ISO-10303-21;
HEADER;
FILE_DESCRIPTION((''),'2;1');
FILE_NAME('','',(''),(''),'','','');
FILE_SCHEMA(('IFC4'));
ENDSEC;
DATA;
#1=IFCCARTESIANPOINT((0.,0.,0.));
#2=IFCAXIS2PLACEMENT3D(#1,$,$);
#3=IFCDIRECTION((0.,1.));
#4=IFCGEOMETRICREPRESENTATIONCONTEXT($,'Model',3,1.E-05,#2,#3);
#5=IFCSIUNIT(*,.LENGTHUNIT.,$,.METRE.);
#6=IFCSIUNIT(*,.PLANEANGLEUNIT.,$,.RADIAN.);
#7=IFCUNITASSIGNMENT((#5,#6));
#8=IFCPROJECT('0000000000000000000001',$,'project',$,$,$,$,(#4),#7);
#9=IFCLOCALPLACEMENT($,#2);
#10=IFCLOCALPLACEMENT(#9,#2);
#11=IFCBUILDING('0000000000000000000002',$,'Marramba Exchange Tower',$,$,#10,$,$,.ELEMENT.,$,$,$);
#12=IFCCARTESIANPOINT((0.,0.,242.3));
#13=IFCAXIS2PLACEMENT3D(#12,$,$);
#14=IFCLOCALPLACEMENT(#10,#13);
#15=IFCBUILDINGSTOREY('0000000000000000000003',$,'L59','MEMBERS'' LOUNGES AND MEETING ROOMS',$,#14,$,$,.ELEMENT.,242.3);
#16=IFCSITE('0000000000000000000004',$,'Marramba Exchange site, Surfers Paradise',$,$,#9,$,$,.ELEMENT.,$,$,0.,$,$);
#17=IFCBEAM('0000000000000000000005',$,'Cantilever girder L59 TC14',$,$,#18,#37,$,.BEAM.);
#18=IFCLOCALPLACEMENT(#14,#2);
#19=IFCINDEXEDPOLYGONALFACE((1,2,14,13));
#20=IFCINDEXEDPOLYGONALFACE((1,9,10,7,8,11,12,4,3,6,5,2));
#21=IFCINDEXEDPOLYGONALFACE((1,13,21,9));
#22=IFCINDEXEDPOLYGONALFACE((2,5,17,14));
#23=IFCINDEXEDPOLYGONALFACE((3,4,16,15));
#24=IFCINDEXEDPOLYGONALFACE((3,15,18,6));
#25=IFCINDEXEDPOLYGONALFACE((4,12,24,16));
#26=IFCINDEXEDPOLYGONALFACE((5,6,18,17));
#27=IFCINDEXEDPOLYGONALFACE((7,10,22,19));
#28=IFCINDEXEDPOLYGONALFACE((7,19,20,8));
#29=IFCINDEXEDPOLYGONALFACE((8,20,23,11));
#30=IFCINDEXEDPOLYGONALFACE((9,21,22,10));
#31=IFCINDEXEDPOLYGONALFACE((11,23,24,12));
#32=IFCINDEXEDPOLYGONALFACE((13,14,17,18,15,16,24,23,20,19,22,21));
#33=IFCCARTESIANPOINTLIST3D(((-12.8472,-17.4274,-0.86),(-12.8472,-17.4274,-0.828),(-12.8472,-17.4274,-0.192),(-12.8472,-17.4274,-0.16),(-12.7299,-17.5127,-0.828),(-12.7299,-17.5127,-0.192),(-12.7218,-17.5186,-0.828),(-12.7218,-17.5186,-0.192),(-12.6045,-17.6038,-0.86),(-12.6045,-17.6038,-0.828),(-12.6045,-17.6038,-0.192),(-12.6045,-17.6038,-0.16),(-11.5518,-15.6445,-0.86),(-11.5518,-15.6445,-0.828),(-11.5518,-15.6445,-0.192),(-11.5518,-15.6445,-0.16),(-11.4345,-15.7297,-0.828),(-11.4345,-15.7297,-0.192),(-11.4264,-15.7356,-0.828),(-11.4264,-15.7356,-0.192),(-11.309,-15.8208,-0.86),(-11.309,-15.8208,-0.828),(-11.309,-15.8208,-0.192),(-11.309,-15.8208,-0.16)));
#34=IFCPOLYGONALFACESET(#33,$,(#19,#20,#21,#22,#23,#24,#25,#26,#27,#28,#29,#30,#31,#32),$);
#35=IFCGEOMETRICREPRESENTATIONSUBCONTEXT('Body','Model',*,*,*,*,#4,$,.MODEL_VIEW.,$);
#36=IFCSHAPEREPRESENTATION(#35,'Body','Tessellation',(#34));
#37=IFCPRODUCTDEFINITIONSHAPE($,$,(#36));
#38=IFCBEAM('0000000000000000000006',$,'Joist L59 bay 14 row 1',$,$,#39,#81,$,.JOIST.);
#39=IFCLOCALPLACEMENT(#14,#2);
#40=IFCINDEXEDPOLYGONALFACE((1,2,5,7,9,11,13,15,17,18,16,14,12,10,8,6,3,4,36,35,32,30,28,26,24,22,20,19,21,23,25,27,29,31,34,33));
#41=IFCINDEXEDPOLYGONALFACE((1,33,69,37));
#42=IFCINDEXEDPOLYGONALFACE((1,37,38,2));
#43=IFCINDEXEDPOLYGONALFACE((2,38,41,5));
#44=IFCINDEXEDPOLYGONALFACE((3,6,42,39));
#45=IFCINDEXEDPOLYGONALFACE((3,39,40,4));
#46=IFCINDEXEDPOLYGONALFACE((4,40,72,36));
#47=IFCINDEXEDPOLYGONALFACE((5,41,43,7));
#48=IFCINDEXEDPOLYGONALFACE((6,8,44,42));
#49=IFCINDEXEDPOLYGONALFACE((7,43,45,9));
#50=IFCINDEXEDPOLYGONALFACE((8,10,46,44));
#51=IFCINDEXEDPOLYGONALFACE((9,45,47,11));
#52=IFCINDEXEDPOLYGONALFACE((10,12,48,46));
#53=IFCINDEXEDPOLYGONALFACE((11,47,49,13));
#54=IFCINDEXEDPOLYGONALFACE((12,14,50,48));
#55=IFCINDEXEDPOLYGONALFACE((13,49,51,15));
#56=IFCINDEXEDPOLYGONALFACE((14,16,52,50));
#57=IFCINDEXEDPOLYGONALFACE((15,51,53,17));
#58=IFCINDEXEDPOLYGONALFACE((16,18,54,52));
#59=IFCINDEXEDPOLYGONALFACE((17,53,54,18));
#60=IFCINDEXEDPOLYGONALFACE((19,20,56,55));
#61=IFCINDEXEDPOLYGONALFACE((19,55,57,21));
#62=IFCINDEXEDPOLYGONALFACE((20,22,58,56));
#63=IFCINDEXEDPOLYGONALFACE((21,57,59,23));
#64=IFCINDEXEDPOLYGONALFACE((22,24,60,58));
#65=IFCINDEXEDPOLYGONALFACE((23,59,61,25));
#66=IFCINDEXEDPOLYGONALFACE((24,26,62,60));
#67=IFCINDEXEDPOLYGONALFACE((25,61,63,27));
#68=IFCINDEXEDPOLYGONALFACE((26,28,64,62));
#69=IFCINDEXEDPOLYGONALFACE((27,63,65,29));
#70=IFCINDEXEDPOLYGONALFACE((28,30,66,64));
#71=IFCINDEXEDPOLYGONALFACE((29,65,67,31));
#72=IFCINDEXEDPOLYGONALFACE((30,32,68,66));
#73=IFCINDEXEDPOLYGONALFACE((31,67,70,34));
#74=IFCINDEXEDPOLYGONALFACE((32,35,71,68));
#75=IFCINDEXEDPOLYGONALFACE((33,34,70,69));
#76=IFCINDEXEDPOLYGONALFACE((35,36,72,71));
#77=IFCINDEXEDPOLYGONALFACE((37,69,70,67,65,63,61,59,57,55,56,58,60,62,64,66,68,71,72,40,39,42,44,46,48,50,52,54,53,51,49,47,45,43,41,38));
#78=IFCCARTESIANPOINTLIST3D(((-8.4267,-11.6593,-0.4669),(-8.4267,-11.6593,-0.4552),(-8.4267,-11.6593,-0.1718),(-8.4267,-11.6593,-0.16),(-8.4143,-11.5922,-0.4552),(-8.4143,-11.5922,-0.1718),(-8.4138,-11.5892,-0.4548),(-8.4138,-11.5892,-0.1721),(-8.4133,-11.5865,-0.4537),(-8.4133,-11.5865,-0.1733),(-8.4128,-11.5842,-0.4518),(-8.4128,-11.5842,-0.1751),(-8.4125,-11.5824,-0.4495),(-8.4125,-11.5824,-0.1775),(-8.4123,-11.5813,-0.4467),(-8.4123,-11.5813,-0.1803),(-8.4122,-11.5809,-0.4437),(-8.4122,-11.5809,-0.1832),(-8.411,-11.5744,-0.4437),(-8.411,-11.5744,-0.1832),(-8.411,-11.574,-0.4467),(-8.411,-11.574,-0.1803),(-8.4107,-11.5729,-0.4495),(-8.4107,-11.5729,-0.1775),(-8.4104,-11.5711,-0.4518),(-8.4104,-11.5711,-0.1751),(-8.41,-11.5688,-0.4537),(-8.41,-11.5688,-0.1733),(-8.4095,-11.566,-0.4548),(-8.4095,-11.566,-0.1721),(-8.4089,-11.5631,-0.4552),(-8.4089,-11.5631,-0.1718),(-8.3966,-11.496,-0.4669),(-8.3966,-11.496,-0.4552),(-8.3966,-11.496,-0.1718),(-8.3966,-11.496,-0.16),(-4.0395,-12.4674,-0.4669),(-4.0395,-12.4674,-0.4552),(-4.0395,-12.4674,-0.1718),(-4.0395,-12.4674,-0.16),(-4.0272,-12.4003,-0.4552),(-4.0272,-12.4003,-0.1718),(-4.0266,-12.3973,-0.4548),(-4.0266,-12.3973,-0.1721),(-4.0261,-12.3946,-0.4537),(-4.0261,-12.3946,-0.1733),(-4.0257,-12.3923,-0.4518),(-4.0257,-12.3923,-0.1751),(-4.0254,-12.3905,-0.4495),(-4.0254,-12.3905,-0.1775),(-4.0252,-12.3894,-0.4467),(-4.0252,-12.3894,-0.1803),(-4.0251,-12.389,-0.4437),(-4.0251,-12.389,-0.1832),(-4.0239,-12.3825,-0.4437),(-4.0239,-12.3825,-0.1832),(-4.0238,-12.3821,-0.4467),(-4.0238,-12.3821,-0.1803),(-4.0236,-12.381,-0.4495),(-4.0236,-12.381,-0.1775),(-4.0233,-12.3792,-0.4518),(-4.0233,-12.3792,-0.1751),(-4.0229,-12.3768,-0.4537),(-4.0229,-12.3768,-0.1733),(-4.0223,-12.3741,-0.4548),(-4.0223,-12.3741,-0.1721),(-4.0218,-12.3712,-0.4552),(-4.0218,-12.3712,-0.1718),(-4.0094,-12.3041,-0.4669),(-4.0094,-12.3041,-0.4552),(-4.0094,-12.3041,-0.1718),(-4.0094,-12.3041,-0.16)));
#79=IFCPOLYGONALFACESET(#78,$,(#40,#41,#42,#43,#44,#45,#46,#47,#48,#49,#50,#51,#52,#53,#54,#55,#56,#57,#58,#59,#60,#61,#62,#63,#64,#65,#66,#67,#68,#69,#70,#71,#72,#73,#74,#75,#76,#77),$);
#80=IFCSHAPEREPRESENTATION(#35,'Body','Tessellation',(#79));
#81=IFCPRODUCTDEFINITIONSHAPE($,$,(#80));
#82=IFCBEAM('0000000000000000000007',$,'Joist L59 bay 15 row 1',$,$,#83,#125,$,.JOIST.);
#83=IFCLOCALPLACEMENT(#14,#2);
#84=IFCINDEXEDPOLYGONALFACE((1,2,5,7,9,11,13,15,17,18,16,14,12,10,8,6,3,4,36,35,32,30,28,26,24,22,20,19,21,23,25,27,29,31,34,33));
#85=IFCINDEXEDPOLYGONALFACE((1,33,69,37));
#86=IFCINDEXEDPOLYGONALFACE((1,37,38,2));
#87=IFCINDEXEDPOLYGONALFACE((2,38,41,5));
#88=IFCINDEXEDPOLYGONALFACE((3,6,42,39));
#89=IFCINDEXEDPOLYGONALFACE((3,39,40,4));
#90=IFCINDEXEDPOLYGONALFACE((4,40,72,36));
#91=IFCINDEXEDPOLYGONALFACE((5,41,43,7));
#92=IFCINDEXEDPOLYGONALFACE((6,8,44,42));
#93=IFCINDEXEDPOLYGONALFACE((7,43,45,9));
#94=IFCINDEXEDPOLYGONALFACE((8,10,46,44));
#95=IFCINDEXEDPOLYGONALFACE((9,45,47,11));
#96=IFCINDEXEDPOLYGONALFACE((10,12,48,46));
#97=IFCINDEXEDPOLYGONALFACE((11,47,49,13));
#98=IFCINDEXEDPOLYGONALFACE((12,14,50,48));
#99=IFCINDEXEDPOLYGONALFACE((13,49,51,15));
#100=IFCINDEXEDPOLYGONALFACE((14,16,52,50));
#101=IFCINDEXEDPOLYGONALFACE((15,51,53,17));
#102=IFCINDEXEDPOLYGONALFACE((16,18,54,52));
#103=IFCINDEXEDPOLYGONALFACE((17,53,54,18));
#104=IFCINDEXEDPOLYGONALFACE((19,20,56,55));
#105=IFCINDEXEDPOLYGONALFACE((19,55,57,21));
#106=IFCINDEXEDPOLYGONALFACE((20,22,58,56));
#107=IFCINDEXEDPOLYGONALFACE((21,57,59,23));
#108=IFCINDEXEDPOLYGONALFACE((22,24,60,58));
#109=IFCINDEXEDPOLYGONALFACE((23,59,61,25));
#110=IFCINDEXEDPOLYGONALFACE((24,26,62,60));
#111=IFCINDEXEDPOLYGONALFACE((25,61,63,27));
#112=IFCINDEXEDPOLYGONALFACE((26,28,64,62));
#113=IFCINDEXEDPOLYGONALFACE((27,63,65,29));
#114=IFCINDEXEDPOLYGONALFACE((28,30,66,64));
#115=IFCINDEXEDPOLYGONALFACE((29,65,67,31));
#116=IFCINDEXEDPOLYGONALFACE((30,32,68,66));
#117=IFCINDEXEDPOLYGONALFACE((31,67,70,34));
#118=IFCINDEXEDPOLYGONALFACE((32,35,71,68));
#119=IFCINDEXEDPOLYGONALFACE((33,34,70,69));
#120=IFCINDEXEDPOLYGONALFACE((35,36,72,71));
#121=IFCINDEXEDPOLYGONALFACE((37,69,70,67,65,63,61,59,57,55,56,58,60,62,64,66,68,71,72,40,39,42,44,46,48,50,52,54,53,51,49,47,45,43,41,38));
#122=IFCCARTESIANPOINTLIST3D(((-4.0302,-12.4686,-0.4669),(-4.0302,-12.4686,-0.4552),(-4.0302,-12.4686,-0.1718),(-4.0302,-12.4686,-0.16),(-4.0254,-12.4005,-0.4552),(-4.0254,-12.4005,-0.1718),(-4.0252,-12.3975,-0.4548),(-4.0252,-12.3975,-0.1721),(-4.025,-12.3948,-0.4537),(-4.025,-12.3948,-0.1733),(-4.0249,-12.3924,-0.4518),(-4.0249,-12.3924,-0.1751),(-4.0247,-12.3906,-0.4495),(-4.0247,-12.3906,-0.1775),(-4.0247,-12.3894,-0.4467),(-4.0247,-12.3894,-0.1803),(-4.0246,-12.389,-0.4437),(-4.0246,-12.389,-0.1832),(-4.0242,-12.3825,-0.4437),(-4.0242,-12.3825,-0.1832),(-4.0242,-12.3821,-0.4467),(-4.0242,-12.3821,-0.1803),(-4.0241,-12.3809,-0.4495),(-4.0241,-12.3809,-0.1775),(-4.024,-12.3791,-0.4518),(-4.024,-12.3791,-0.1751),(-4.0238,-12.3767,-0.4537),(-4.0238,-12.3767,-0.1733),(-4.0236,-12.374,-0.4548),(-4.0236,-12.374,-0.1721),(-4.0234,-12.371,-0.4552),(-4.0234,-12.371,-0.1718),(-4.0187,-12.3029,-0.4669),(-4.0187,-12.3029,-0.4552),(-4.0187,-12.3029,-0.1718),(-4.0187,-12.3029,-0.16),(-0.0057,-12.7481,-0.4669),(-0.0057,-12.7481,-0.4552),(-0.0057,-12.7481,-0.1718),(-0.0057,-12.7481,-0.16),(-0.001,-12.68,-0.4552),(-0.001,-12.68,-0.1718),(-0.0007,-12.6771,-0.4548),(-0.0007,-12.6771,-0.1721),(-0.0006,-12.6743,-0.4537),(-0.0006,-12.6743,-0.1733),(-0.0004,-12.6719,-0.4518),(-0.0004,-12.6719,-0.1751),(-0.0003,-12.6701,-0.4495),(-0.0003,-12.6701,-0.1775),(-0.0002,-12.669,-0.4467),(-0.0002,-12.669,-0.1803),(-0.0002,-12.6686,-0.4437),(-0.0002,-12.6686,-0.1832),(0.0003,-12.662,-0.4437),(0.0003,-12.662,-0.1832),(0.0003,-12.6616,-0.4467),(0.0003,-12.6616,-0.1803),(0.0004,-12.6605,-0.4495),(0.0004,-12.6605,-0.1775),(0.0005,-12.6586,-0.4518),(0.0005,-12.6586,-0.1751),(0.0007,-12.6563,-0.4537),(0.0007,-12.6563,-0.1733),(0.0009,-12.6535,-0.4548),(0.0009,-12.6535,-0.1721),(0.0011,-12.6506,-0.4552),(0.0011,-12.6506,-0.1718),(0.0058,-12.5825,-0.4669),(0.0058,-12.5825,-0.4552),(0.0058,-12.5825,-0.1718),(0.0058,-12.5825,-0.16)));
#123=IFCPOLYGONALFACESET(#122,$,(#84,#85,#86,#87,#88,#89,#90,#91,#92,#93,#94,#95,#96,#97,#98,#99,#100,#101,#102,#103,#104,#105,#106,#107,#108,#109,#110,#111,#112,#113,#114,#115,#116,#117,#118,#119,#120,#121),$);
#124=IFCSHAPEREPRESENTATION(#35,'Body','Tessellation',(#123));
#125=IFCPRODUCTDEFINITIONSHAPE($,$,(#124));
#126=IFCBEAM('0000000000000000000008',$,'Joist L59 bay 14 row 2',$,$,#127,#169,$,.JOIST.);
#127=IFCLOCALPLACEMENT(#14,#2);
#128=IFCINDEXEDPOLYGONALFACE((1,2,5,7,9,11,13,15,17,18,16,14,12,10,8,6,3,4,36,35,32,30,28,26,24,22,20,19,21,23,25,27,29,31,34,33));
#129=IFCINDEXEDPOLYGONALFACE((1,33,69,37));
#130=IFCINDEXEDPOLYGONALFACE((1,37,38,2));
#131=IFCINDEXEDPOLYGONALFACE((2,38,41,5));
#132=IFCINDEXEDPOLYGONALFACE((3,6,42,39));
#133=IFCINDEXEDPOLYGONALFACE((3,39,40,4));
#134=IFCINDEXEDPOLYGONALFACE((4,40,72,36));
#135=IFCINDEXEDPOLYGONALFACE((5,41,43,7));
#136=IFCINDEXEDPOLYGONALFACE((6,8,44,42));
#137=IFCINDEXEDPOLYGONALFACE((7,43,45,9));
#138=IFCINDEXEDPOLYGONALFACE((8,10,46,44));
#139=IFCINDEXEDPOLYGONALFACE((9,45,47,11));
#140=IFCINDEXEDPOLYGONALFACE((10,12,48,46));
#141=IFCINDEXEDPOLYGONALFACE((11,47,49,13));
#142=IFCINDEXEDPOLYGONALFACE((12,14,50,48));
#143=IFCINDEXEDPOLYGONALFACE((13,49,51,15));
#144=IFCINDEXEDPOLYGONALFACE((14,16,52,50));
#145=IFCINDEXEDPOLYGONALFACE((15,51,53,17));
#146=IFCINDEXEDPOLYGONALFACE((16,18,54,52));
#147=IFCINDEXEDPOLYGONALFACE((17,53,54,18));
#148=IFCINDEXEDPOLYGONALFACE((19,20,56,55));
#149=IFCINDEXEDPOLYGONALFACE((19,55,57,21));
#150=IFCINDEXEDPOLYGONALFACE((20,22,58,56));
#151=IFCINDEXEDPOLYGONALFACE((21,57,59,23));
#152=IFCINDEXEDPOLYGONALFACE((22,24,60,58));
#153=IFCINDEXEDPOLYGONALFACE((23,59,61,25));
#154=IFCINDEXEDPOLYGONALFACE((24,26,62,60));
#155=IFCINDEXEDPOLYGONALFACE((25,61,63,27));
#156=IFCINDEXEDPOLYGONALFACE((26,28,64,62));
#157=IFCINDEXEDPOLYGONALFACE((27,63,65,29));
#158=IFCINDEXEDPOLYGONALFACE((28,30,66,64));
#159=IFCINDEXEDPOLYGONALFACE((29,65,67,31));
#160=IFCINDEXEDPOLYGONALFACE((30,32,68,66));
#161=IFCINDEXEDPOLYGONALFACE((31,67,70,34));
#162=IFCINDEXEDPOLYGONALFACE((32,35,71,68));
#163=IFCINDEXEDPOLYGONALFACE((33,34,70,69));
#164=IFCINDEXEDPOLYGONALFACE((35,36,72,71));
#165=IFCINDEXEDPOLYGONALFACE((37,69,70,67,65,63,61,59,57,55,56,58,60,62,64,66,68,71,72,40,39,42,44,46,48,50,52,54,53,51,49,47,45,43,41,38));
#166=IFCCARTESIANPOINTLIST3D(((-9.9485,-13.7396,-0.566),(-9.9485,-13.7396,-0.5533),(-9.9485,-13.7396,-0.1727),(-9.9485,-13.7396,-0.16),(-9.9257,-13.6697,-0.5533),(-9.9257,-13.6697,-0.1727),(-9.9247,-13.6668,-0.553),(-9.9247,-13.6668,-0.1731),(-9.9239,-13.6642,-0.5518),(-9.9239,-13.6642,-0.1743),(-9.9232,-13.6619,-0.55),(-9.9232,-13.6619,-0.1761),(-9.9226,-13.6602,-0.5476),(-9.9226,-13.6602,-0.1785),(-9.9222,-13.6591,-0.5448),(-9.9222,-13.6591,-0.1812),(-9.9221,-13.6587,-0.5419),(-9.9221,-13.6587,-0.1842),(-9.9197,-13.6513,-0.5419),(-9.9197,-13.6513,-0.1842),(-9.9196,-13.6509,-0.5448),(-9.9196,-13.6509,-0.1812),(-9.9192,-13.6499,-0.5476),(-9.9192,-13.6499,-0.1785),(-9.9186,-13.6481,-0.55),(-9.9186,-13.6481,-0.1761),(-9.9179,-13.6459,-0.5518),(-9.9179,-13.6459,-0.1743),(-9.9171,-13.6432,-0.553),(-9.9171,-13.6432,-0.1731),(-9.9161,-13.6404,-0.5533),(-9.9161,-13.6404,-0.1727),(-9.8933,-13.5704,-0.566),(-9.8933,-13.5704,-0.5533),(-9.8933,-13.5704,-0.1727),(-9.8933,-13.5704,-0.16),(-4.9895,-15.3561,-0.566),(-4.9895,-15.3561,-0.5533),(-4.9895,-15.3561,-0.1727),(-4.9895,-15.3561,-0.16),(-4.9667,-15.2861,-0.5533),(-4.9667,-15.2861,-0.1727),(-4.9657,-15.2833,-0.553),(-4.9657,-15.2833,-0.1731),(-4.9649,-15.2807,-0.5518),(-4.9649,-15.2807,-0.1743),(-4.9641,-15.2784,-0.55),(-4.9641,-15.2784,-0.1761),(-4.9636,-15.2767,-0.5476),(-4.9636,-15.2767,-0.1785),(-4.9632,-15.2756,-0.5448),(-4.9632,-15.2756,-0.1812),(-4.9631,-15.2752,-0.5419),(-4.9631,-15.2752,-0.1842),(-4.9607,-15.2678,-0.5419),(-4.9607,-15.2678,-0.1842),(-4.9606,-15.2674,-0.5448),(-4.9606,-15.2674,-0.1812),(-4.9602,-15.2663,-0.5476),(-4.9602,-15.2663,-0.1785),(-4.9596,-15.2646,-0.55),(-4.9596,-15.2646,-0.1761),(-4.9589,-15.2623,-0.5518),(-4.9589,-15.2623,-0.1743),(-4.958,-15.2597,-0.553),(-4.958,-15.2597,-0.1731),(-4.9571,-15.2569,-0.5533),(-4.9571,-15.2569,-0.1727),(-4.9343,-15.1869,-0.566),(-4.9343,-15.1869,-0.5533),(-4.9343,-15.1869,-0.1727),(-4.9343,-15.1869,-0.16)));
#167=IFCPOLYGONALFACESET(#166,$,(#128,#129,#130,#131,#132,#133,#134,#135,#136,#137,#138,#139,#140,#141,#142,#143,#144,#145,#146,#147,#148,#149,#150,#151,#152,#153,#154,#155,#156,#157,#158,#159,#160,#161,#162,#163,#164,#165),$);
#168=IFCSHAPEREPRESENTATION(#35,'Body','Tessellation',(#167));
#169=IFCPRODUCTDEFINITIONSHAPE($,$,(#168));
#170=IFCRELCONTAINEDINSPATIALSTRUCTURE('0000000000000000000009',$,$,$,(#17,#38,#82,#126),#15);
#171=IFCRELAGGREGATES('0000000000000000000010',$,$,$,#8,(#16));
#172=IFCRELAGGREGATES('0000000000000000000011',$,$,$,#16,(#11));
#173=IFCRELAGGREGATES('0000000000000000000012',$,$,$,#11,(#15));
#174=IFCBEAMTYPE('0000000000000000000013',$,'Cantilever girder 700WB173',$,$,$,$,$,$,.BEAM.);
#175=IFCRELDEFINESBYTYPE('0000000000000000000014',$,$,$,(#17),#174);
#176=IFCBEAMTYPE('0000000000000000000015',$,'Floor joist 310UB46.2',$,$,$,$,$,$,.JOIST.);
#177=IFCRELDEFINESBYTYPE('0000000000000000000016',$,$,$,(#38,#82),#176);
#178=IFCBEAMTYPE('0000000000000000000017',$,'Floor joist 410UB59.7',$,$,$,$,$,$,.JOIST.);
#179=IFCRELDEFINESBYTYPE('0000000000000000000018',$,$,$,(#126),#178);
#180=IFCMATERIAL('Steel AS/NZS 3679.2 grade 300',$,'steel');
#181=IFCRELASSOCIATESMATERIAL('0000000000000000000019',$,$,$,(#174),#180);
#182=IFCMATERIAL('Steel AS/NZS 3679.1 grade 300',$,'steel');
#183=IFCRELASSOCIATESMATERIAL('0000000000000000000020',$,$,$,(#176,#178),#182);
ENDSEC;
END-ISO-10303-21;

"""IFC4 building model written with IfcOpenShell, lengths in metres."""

from ifc_helpers import new_model, si_unit, direction, frame, origin, origin_2d, place, context, subcontext, project, spatial, i_section, extrude, material, material_profile, profile_set, type_object, element, save


model = new_model("IFC4")

# Units and contexts
model_context = context("Model", 3, precision=1e-05, world=origin(), true_north=direction((0.0, 1.0)))
body_context = subcontext(model_context, "Body", "Model", "MODEL_VIEW")
ifc_project = project(units=[si_unit("LENGTHUNIT", "METRE"), si_unit("PLANEANGLEUNIT", "RADIAN")], contexts=[model_context])

# Site, building, storey
site_placement = place(None, origin())
site = spatial("IfcSite", under=ifc_project, at=site_placement, Name="Marramba Exchange site, Surfers Paradise", CompositionType="ELEMENT", RefElevation=0.0)
building_placement = place(site_placement, origin())
building = spatial("IfcBuilding", under=site, at=building_placement, Name="Marramba Exchange Tower", CompositionType="ELEMENT")
storey_placement = place(building_placement, frame((0.0, 0.0, 242.3)))
storey = spatial("IfcBuildingStorey", under=building, at=storey_placement, Name="L59", Description="MEMBERS' LOUNGES AND MEETING ROOMS", CompositionType="ELEMENT", Elevation=242.3)

# Beams
ifc_material_1 = material(Name="Steel AS/NZS 3679.2 grade 300", Category="steel")
ifc_material_profile_1 = material_profile(ifc_material_1, i_section(OverallWidth=0.3, OverallDepth=0.7, WebThickness=0.01, FlangeThickness=0.032, at=origin_2d()), Name="700WB173")
ifc_profile_set_1 = profile_set([ifc_material_profile_1], Name="Steel AS/NZS 3679.2 grade 300")
beam_type_1 = type_object("IfcBeamType", Name="Cantilever girder 700WB173", PredefinedType="BEAM", material=ifc_profile_set_1)
beam_1_placement = place(storey_placement, frame((-11.4304, -15.7327, -0.51), z_axis=(-0.58779, -0.809014, 0.0), x_axis=(0.809014, -0.58779, 0.0)))
element("IfcBeam", 1, at=beam_1_placement, inside=storey, type_object=beam_type_1, Name="Cantilever girder L59 TC14", PredefinedType="BEAM", context=body_context, shape_type="SweptSolid", body=[
    extrude(i_section(OverallWidth=0.3, OverallDepth=0.7, WebThickness=0.01, FlangeThickness=0.032, at=origin_2d()), origin(), (0.0, 0.0, 1.0), 2.2039),
])
ifc_material_2 = material(Name="Steel AS/NZS 3679.1 grade 300", Category="steel")
ifc_material_profile_2 = material_profile(ifc_material_2, i_section(OverallWidth=0.166, OverallDepth=0.3069, WebThickness=0.0066, FlangeThickness=0.0117, FilletRadius=0.0115, at=origin_2d()), Name="310UB46.2")
ifc_profile_set_2 = profile_set([ifc_material_profile_2], Name="Steel AS/NZS 3679.1 grade 300")
beam_type_2 = type_object("IfcBeamType", Name="Floor joist 310UB46.2", PredefinedType="JOIST", material=ifc_profile_set_2)
beam_2_placement = place(storey_placement, frame((-8.4116, -11.5776, -0.3135), z_axis=(0.983456, -0.181149, 0.0), x_axis=(0.181149, 0.983456, 0.0)))
element("IfcBeam", 2, at=beam_2_placement, inside=storey, type_object=beam_type_2, Name="Joist L59 bay 14 row 1", PredefinedType="JOIST", context=body_context, shape_type="SweptSolid", body=[
    extrude(i_section(OverallWidth=0.166, OverallDepth=0.3069, WebThickness=0.0066, FlangeThickness=0.0117, FilletRadius=0.0115, at=origin_2d()), origin(), (0.0, 0.0, 1.0), 4.4609),
])
beam_3_placement = place(storey_placement, frame((-4.0244, -12.3857, -0.3135), z_axis=(0.997596, -0.069294, 0.0), x_axis=(0.069294, 0.997596, 0.0)))
element("IfcBeam", 3, at=beam_3_placement, inside=storey, type_object=beam_type_2, Name="Joist L59 bay 15 row 1", PredefinedType="JOIST", context=body_context, shape_type="SweptSolid", body=[
    extrude(i_section(OverallWidth=0.166, OverallDepth=0.3069, WebThickness=0.0066, FlangeThickness=0.0117, FilletRadius=0.0115, at=origin_2d()), origin(), (0.0, 0.0, 1.0), 4.0342),
])
ifc_material_profile_3 = material_profile(ifc_material_2, i_section(OverallWidth=0.178, OverallDepth=0.406, WebThickness=0.0078, FlangeThickness=0.0127, FilletRadius=0.0115, at=origin_2d()), Name="410UB59.7")
ifc_profile_set_3 = profile_set([ifc_material_profile_3], Name="Steel AS/NZS 3679.1 grade 300")
beam_type_3 = type_object("IfcBeamType", Name="Floor joist 410UB59.7", PredefinedType="JOIST", material=ifc_profile_set_3)
beam_4_placement = place(storey_placement, frame((-9.9209, -13.655, -0.363), z_axis=(0.950764, -0.309916, 0.0), x_axis=(0.309916, 0.950764, 0.0)))
element("IfcBeam", 4, at=beam_4_placement, inside=storey, type_object=beam_type_3, Name="Joist L59 bay 14 row 2", PredefinedType="JOIST", context=body_context, shape_type="SweptSolid", body=[
    extrude(i_section(OverallWidth=0.178, OverallDepth=0.406, WebThickness=0.0078, FlangeThickness=0.0127, FilletRadius=0.0115, at=origin_2d()), origin(), (0.0, 0.0, 1.0), 5.2158),
])

save(model, "model.ifc")
